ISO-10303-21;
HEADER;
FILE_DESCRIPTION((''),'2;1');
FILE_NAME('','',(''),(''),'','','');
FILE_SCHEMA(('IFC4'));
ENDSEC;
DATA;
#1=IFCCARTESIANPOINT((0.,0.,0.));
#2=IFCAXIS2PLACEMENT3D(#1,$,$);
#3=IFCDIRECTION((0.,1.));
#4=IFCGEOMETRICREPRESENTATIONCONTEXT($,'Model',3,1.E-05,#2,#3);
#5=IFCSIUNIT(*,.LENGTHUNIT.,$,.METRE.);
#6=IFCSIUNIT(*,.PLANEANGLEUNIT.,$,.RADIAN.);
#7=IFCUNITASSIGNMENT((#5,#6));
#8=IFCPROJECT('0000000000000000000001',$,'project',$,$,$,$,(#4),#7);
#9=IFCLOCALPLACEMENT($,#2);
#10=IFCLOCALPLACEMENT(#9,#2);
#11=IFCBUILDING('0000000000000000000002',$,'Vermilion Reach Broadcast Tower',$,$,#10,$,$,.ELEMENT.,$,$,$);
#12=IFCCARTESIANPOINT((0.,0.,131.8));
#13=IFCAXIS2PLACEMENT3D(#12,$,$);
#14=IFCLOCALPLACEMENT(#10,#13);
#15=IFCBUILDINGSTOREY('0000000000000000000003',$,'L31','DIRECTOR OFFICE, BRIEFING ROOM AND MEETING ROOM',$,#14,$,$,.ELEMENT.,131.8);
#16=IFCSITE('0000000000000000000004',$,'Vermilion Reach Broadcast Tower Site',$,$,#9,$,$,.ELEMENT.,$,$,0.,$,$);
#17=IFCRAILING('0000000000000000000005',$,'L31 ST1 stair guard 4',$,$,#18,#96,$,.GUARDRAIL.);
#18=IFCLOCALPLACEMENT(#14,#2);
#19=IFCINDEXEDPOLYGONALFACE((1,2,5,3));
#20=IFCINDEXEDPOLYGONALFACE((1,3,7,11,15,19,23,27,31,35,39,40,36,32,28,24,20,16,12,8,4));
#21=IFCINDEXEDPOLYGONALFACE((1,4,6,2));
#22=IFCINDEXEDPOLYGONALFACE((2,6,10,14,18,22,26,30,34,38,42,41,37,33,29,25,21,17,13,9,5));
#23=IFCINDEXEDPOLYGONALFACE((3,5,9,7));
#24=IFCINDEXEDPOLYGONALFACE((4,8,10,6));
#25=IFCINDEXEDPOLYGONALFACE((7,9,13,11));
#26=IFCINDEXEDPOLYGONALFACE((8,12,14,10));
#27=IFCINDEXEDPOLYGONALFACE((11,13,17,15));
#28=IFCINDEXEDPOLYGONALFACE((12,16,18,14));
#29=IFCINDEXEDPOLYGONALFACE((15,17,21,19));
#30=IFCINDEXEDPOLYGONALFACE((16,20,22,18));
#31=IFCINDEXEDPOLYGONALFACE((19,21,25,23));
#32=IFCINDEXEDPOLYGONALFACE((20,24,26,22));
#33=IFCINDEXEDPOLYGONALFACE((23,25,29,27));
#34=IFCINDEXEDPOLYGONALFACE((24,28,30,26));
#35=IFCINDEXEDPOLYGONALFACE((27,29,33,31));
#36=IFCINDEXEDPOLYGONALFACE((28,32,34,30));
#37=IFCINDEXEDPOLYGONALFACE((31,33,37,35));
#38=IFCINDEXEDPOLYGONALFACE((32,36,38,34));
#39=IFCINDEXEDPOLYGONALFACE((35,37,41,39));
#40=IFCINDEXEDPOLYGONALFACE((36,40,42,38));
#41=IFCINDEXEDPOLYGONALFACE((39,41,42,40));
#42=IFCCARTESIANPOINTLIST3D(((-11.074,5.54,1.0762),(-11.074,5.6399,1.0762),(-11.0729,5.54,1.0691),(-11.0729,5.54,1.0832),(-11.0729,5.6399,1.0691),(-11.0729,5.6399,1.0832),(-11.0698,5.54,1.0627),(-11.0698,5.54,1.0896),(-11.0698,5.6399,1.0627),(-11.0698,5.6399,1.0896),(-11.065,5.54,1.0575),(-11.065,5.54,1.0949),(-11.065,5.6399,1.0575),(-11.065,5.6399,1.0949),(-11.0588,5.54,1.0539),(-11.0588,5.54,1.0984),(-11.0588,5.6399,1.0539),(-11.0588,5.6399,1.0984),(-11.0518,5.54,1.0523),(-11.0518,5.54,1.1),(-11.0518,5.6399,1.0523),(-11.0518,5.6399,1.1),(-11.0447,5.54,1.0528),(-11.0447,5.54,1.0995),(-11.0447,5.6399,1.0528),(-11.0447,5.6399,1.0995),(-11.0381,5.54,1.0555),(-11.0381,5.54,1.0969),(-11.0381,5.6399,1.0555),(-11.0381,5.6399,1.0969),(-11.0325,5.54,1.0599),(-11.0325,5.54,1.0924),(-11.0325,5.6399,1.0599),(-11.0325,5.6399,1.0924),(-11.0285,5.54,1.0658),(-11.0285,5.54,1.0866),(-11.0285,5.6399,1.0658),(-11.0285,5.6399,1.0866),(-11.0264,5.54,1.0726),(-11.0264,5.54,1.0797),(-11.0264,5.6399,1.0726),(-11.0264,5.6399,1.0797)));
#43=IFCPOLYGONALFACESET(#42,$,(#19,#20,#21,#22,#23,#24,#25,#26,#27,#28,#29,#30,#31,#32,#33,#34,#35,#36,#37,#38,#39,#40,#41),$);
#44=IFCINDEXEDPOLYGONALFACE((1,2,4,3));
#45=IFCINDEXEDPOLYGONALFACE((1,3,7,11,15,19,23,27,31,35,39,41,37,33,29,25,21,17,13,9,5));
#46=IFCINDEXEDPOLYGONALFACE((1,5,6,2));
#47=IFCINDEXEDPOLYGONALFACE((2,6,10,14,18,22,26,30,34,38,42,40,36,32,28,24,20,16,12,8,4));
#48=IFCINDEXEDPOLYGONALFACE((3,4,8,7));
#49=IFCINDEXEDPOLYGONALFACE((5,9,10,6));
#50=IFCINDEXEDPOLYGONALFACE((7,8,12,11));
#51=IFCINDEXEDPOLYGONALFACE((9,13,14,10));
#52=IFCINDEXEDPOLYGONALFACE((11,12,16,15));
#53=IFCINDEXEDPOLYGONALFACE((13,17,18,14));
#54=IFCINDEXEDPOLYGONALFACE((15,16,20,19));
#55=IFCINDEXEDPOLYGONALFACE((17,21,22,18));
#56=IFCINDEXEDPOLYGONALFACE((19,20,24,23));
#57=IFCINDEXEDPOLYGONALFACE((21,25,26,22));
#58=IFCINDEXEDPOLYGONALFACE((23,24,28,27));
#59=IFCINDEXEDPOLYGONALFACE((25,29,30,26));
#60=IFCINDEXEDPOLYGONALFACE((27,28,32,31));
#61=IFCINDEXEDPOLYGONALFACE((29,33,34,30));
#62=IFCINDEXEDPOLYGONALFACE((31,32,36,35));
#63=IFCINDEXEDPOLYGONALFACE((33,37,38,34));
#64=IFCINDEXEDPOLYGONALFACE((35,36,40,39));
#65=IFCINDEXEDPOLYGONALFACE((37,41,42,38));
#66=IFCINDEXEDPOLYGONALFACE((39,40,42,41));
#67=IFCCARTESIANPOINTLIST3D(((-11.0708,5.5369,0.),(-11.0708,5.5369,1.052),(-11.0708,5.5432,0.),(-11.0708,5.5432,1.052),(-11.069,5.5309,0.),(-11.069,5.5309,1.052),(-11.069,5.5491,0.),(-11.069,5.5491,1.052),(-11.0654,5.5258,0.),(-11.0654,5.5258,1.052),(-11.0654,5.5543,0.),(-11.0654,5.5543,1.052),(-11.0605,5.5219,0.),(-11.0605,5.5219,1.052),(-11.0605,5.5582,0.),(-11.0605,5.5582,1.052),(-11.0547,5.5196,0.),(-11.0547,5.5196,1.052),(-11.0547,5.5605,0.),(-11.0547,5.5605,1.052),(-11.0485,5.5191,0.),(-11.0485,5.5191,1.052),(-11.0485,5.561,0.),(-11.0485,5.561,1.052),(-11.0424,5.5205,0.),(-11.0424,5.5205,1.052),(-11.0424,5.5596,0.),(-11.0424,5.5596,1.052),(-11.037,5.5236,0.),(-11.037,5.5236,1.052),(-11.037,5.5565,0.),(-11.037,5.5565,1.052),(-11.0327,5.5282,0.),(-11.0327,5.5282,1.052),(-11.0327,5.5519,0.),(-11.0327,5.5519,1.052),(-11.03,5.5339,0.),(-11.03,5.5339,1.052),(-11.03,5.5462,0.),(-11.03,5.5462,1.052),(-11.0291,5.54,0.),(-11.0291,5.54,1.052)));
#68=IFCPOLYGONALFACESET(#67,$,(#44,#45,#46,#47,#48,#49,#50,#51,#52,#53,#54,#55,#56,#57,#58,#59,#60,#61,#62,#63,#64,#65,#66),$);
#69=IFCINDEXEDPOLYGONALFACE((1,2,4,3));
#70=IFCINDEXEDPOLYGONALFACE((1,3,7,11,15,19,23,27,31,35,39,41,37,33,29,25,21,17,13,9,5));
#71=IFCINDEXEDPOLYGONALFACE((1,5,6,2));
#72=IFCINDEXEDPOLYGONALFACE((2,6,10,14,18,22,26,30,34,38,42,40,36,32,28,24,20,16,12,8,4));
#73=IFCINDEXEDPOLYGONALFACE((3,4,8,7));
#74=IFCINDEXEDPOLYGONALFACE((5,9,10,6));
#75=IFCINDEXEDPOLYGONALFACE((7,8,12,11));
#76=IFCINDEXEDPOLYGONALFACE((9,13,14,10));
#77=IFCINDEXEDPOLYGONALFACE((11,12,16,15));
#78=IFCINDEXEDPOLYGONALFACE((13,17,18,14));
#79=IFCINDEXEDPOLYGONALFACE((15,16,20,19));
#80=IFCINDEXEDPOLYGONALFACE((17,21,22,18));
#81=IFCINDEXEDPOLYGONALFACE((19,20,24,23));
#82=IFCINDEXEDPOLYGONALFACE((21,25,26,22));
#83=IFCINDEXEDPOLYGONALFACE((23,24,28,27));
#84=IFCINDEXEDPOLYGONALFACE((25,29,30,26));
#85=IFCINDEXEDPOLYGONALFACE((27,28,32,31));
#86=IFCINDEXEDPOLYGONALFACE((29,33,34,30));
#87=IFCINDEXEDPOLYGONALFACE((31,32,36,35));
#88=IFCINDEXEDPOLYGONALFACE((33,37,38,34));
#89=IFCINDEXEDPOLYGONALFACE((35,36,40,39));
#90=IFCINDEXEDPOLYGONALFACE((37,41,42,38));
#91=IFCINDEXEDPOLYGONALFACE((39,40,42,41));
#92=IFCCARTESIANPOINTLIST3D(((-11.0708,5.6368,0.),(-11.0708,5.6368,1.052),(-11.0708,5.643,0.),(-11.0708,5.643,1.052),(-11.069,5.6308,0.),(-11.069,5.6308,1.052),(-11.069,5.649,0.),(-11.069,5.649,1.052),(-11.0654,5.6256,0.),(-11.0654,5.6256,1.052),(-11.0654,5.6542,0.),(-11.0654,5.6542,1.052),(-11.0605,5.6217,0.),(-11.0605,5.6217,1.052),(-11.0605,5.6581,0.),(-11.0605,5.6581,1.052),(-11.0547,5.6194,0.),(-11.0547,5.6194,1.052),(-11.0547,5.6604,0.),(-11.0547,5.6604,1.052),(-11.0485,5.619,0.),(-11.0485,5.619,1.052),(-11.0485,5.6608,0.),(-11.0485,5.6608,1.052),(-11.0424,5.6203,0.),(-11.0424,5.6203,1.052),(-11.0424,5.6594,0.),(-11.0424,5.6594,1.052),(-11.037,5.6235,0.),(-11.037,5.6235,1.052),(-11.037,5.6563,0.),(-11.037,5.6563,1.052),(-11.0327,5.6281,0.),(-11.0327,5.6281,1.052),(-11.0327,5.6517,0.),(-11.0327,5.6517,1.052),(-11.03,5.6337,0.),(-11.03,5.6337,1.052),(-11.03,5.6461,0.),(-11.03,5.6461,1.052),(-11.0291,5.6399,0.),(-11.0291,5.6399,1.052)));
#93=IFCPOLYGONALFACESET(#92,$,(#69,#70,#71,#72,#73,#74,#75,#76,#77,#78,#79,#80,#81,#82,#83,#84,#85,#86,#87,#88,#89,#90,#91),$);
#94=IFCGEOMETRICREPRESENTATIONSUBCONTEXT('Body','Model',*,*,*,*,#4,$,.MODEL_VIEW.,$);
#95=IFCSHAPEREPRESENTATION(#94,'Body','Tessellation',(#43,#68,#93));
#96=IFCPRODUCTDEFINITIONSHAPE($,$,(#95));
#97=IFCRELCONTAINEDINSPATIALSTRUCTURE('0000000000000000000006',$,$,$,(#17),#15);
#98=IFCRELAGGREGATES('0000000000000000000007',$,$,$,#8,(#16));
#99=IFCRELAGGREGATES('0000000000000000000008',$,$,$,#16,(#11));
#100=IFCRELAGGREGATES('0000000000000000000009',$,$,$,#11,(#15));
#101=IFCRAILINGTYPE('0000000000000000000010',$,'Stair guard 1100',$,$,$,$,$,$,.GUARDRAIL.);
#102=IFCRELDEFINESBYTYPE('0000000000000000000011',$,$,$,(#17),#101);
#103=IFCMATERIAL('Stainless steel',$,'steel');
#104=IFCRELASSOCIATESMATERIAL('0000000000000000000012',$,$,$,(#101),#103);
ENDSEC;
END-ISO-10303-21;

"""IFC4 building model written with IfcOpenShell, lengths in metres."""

from ifc_helpers import new_model, si_unit, direction, frame, origin, origin_2d, place, context, subcontext, project, spatial, circle, extrude, material, type_object, element, save


model = new_model("IFC4")

# Units and contexts
model_context = context("Model", 3, precision=1e-05, world=origin(), true_north=direction((0.0, 1.0)))
body_context = subcontext(model_context, "Body", "Model", "MODEL_VIEW")
ifc_project = project(units=[si_unit("LENGTHUNIT", "METRE"), si_unit("PLANEANGLEUNIT", "RADIAN")], contexts=[model_context])

# Site, building, storey
site_placement = place(None, origin())
site = spatial("IfcSite", under=ifc_project, at=site_placement, Name="Vermilion Reach Broadcast Tower Site", CompositionType="ELEMENT", RefElevation=0.0)
building_placement = place(site_placement, origin())
building = spatial("IfcBuilding", under=site, at=building_placement, Name="Vermilion Reach Broadcast Tower", CompositionType="ELEMENT")
storey_placement = place(building_placement, frame((0.0, 0.0, 131.8)))
storey = spatial("IfcBuildingStorey", under=building, at=storey_placement, Name="L31", Description="DIRECTOR OFFICE, BRIEFING ROOM AND MEETING ROOM", CompositionType="ELEMENT", Elevation=131.8)

# Railing
ifc_material_1 = material(Name="Stainless steel", Category="steel")
railing_type_1 = type_object("IfcRailingType", Name="Stair guard 1100", PredefinedType="GUARDRAIL", material=ifc_material_1)
railing_1_placement = place(storey_placement, frame((-11.05, 5.54, 0.0)))
element("IfcRailing", 1, at=railing_1_placement, inside=storey, type_object=railing_type_1, Name="L31 ST1 stair guard 4", PredefinedType="GUARDRAIL", context=body_context, shape_type="SweptSolid", body=[
    extrude(circle(Radius=0.0239, at=origin_2d()), frame((0.0, 0.0, 1.0762), z_axis=(0.0, 1.0, 0.0), x_axis=(-1.0, 0.0, 0.0)), (0.0, 0.0, 1.0), 0.0999),
    extrude(circle(Radius=0.021, at=origin_2d()), origin(), (0.0, 0.0, 1.0), 1.052),
    extrude(circle(Radius=0.021, at=origin_2d()), frame((0.0, 0.0999, 0.0)), (0.0, 0.0, 1.0), 1.052),
])

save(model, "model.ifc")
